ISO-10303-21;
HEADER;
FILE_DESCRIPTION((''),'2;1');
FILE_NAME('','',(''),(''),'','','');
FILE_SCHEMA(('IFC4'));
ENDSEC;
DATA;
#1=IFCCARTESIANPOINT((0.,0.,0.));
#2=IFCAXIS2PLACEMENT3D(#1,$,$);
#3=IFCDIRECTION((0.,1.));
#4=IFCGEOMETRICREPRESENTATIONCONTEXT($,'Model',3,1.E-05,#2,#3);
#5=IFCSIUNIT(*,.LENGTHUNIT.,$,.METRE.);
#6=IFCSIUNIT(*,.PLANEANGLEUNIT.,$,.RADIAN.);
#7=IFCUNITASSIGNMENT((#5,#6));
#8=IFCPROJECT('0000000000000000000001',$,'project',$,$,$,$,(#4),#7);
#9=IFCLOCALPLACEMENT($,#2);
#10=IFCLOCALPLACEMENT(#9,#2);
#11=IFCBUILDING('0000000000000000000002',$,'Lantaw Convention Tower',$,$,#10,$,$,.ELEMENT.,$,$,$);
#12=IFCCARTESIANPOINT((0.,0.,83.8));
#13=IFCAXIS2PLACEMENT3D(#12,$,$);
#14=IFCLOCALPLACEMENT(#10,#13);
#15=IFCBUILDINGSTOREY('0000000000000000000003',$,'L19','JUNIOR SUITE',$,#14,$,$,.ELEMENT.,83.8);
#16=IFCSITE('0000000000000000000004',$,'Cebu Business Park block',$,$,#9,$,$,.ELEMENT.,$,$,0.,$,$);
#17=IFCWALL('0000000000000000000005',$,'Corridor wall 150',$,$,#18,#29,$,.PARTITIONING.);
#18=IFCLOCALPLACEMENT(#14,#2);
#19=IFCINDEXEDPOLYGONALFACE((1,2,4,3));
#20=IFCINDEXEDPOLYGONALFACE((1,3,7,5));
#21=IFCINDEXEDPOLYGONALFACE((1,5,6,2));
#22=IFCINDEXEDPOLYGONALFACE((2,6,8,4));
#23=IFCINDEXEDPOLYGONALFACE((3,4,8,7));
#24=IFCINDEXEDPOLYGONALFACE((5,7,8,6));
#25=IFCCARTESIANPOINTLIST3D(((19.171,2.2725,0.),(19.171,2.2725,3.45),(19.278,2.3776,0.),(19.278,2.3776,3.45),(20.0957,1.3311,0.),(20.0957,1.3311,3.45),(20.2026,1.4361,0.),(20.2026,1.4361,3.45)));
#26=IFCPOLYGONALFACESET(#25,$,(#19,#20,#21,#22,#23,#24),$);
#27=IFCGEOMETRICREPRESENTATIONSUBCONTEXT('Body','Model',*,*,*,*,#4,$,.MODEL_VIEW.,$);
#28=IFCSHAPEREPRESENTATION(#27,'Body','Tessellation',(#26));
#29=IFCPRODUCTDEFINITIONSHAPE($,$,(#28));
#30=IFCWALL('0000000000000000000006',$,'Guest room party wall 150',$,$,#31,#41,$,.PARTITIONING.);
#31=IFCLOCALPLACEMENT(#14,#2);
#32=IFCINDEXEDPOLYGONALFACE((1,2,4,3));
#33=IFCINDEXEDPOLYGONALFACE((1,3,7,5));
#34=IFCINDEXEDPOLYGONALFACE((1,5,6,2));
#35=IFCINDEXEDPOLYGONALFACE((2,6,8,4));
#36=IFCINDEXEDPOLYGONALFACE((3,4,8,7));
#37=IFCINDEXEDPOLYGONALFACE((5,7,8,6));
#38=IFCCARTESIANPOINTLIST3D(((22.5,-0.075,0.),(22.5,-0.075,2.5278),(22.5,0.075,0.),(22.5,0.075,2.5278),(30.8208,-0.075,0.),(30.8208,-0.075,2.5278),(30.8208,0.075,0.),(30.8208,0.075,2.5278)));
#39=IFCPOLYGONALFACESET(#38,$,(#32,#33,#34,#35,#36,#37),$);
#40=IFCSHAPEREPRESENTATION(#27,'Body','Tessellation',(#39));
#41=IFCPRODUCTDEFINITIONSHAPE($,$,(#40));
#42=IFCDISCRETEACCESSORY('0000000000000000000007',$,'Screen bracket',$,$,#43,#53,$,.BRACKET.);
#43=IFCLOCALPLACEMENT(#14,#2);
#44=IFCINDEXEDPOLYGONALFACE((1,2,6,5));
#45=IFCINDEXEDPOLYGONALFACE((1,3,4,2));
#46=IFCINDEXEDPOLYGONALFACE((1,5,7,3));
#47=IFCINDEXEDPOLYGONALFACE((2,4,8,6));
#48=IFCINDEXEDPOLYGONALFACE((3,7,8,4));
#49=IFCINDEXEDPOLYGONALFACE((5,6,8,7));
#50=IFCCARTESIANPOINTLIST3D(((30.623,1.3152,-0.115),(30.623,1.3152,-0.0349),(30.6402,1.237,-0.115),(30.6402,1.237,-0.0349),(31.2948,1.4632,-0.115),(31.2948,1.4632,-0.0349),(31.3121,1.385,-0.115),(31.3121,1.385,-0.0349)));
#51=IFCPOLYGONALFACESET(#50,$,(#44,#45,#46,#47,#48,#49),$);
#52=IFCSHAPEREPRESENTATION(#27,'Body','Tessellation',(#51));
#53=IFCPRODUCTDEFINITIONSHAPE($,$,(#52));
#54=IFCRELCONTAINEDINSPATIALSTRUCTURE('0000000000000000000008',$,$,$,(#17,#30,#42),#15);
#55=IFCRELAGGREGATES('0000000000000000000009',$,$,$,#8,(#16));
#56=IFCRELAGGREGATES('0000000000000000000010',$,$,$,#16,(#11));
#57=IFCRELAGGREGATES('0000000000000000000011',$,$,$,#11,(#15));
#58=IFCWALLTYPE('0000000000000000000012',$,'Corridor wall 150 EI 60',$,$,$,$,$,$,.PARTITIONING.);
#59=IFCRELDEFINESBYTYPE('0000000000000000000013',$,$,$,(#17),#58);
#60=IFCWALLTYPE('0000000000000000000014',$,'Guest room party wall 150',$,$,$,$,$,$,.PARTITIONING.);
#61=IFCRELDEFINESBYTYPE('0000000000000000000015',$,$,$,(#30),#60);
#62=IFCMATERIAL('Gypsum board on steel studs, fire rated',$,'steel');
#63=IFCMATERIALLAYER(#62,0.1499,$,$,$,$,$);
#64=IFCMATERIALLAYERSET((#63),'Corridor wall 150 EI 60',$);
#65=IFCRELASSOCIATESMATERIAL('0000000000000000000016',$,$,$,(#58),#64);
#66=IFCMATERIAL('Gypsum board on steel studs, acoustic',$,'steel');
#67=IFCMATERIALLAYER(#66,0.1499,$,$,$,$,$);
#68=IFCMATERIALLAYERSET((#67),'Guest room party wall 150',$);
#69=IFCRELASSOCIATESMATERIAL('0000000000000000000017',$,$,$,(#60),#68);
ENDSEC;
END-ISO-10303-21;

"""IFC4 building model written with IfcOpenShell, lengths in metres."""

from ifc_helpers import new_model, si_unit, direction, frame, frame_2d, origin, origin_2d, place, context, subcontext, project, spatial, rectangle, extrude, material, layer, layer_set, type_object, element, save


model = new_model("IFC4")

# Units and contexts
model_context = context("Model", 3, precision=1e-05, world=origin(), true_north=direction((0.0, 1.0)))
body_context = subcontext(model_context, "Body", "Model", "MODEL_VIEW")
ifc_project = project(units=[si_unit("LENGTHUNIT", "METRE"), si_unit("PLANEANGLEUNIT", "RADIAN")], contexts=[model_context])

# Site, building, storey
site_placement = place(None, origin())
site = spatial("IfcSite", under=ifc_project, at=site_placement, Name="Cebu Business Park block", CompositionType="ELEMENT", RefElevation=0.0)
building_placement = place(site_placement, origin())
building = spatial("IfcBuilding", under=site, at=building_placement, Name="Lantaw Convention Tower", CompositionType="ELEMENT")
storey_placement = place(building_placement, frame((0.0, 0.0, 83.8)))
storey = spatial("IfcBuildingStorey", under=building, at=storey_placement, Name="L19", Description="JUNIOR SUITE", CompositionType="ELEMENT", Elevation=83.8)

# Shared definitions
ifc_material_1 = material(Name="Gypsum board on steel studs, fire rated", Category="steel")
ifc_layer_1 = layer(ifc_material_1, 0.1499)
ifc_layer_set_1 = layer_set([ifc_layer_1], Name="Corridor wall 150 EI 60")
wall_type_1 = type_object("IfcWallType", Name="Corridor wall 150 EI 60", PredefinedType="PARTITIONING", material=ifc_layer_set_1)

# Walls
wall_1_placement = place(storey_placement, frame((19.2246, 2.325, 0.0), z_axis=(0.0, 0.0, 1.0), x_axis=(0.700695, -0.713461, 0.0)))
element("IfcWall", 1, at=wall_1_placement, inside=storey, type_object=wall_type_1, Name="Corridor wall 150", PredefinedType="PARTITIONING", context=body_context, shape_type="SweptSolid", body=[
    extrude(rectangle(XDim=1.3196, YDim=0.1499, at=frame_2d((0.6597, 0.0))), origin(), (0.0, 0.0, 1.0), 3.45),
])
ifc_material_2 = material(Name="Gypsum board on steel studs, acoustic", Category="steel")
ifc_layer_2 = layer(ifc_material_2, 0.1499)
ifc_layer_set_2 = layer_set([ifc_layer_2], Name="Guest room party wall 150")
wall_type_2 = type_object("IfcWallType", Name="Guest room party wall 150", PredefinedType="PARTITIONING", material=ifc_layer_set_2)
wall_2_placement = place(storey_placement, frame((30.8208, 0.0, 0.0), z_axis=(0.0, 0.0, 1.0), x_axis=(-1.0, 0.0, 0.0)))
element("IfcWall", 2, at=wall_2_placement, inside=storey, type_object=wall_type_2, Name="Guest room party wall 150", PredefinedType="PARTITIONING", context=body_context, shape_type="SweptSolid", body=[
    extrude(rectangle(XDim=8.3208, YDim=0.1499, at=frame_2d((4.1604, 0.0))), origin(), (0.0, 0.0, 1.0), 2.5278),
])

# Discrete accessory
discrete_accessory_placement = place(storey_placement, frame((30.9675, 1.3501, -0.115), z_axis=(0.0, 0.0, 1.0), x_axis=(-0.215246, 0.97656, 0.0)))
element("IfcDiscreteAccessory", 3, at=discrete_accessory_placement, inside=storey, Name="Screen bracket", PredefinedType="BRACKET", context=body_context, shape_type="SweptSolid", body=[
    extrude(rectangle(XDim=0.0801, YDim=0.688, at=origin_2d()), origin(), (0.0, 0.0, 1.0), 0.0801),
])

save(model, "model.ifc")
